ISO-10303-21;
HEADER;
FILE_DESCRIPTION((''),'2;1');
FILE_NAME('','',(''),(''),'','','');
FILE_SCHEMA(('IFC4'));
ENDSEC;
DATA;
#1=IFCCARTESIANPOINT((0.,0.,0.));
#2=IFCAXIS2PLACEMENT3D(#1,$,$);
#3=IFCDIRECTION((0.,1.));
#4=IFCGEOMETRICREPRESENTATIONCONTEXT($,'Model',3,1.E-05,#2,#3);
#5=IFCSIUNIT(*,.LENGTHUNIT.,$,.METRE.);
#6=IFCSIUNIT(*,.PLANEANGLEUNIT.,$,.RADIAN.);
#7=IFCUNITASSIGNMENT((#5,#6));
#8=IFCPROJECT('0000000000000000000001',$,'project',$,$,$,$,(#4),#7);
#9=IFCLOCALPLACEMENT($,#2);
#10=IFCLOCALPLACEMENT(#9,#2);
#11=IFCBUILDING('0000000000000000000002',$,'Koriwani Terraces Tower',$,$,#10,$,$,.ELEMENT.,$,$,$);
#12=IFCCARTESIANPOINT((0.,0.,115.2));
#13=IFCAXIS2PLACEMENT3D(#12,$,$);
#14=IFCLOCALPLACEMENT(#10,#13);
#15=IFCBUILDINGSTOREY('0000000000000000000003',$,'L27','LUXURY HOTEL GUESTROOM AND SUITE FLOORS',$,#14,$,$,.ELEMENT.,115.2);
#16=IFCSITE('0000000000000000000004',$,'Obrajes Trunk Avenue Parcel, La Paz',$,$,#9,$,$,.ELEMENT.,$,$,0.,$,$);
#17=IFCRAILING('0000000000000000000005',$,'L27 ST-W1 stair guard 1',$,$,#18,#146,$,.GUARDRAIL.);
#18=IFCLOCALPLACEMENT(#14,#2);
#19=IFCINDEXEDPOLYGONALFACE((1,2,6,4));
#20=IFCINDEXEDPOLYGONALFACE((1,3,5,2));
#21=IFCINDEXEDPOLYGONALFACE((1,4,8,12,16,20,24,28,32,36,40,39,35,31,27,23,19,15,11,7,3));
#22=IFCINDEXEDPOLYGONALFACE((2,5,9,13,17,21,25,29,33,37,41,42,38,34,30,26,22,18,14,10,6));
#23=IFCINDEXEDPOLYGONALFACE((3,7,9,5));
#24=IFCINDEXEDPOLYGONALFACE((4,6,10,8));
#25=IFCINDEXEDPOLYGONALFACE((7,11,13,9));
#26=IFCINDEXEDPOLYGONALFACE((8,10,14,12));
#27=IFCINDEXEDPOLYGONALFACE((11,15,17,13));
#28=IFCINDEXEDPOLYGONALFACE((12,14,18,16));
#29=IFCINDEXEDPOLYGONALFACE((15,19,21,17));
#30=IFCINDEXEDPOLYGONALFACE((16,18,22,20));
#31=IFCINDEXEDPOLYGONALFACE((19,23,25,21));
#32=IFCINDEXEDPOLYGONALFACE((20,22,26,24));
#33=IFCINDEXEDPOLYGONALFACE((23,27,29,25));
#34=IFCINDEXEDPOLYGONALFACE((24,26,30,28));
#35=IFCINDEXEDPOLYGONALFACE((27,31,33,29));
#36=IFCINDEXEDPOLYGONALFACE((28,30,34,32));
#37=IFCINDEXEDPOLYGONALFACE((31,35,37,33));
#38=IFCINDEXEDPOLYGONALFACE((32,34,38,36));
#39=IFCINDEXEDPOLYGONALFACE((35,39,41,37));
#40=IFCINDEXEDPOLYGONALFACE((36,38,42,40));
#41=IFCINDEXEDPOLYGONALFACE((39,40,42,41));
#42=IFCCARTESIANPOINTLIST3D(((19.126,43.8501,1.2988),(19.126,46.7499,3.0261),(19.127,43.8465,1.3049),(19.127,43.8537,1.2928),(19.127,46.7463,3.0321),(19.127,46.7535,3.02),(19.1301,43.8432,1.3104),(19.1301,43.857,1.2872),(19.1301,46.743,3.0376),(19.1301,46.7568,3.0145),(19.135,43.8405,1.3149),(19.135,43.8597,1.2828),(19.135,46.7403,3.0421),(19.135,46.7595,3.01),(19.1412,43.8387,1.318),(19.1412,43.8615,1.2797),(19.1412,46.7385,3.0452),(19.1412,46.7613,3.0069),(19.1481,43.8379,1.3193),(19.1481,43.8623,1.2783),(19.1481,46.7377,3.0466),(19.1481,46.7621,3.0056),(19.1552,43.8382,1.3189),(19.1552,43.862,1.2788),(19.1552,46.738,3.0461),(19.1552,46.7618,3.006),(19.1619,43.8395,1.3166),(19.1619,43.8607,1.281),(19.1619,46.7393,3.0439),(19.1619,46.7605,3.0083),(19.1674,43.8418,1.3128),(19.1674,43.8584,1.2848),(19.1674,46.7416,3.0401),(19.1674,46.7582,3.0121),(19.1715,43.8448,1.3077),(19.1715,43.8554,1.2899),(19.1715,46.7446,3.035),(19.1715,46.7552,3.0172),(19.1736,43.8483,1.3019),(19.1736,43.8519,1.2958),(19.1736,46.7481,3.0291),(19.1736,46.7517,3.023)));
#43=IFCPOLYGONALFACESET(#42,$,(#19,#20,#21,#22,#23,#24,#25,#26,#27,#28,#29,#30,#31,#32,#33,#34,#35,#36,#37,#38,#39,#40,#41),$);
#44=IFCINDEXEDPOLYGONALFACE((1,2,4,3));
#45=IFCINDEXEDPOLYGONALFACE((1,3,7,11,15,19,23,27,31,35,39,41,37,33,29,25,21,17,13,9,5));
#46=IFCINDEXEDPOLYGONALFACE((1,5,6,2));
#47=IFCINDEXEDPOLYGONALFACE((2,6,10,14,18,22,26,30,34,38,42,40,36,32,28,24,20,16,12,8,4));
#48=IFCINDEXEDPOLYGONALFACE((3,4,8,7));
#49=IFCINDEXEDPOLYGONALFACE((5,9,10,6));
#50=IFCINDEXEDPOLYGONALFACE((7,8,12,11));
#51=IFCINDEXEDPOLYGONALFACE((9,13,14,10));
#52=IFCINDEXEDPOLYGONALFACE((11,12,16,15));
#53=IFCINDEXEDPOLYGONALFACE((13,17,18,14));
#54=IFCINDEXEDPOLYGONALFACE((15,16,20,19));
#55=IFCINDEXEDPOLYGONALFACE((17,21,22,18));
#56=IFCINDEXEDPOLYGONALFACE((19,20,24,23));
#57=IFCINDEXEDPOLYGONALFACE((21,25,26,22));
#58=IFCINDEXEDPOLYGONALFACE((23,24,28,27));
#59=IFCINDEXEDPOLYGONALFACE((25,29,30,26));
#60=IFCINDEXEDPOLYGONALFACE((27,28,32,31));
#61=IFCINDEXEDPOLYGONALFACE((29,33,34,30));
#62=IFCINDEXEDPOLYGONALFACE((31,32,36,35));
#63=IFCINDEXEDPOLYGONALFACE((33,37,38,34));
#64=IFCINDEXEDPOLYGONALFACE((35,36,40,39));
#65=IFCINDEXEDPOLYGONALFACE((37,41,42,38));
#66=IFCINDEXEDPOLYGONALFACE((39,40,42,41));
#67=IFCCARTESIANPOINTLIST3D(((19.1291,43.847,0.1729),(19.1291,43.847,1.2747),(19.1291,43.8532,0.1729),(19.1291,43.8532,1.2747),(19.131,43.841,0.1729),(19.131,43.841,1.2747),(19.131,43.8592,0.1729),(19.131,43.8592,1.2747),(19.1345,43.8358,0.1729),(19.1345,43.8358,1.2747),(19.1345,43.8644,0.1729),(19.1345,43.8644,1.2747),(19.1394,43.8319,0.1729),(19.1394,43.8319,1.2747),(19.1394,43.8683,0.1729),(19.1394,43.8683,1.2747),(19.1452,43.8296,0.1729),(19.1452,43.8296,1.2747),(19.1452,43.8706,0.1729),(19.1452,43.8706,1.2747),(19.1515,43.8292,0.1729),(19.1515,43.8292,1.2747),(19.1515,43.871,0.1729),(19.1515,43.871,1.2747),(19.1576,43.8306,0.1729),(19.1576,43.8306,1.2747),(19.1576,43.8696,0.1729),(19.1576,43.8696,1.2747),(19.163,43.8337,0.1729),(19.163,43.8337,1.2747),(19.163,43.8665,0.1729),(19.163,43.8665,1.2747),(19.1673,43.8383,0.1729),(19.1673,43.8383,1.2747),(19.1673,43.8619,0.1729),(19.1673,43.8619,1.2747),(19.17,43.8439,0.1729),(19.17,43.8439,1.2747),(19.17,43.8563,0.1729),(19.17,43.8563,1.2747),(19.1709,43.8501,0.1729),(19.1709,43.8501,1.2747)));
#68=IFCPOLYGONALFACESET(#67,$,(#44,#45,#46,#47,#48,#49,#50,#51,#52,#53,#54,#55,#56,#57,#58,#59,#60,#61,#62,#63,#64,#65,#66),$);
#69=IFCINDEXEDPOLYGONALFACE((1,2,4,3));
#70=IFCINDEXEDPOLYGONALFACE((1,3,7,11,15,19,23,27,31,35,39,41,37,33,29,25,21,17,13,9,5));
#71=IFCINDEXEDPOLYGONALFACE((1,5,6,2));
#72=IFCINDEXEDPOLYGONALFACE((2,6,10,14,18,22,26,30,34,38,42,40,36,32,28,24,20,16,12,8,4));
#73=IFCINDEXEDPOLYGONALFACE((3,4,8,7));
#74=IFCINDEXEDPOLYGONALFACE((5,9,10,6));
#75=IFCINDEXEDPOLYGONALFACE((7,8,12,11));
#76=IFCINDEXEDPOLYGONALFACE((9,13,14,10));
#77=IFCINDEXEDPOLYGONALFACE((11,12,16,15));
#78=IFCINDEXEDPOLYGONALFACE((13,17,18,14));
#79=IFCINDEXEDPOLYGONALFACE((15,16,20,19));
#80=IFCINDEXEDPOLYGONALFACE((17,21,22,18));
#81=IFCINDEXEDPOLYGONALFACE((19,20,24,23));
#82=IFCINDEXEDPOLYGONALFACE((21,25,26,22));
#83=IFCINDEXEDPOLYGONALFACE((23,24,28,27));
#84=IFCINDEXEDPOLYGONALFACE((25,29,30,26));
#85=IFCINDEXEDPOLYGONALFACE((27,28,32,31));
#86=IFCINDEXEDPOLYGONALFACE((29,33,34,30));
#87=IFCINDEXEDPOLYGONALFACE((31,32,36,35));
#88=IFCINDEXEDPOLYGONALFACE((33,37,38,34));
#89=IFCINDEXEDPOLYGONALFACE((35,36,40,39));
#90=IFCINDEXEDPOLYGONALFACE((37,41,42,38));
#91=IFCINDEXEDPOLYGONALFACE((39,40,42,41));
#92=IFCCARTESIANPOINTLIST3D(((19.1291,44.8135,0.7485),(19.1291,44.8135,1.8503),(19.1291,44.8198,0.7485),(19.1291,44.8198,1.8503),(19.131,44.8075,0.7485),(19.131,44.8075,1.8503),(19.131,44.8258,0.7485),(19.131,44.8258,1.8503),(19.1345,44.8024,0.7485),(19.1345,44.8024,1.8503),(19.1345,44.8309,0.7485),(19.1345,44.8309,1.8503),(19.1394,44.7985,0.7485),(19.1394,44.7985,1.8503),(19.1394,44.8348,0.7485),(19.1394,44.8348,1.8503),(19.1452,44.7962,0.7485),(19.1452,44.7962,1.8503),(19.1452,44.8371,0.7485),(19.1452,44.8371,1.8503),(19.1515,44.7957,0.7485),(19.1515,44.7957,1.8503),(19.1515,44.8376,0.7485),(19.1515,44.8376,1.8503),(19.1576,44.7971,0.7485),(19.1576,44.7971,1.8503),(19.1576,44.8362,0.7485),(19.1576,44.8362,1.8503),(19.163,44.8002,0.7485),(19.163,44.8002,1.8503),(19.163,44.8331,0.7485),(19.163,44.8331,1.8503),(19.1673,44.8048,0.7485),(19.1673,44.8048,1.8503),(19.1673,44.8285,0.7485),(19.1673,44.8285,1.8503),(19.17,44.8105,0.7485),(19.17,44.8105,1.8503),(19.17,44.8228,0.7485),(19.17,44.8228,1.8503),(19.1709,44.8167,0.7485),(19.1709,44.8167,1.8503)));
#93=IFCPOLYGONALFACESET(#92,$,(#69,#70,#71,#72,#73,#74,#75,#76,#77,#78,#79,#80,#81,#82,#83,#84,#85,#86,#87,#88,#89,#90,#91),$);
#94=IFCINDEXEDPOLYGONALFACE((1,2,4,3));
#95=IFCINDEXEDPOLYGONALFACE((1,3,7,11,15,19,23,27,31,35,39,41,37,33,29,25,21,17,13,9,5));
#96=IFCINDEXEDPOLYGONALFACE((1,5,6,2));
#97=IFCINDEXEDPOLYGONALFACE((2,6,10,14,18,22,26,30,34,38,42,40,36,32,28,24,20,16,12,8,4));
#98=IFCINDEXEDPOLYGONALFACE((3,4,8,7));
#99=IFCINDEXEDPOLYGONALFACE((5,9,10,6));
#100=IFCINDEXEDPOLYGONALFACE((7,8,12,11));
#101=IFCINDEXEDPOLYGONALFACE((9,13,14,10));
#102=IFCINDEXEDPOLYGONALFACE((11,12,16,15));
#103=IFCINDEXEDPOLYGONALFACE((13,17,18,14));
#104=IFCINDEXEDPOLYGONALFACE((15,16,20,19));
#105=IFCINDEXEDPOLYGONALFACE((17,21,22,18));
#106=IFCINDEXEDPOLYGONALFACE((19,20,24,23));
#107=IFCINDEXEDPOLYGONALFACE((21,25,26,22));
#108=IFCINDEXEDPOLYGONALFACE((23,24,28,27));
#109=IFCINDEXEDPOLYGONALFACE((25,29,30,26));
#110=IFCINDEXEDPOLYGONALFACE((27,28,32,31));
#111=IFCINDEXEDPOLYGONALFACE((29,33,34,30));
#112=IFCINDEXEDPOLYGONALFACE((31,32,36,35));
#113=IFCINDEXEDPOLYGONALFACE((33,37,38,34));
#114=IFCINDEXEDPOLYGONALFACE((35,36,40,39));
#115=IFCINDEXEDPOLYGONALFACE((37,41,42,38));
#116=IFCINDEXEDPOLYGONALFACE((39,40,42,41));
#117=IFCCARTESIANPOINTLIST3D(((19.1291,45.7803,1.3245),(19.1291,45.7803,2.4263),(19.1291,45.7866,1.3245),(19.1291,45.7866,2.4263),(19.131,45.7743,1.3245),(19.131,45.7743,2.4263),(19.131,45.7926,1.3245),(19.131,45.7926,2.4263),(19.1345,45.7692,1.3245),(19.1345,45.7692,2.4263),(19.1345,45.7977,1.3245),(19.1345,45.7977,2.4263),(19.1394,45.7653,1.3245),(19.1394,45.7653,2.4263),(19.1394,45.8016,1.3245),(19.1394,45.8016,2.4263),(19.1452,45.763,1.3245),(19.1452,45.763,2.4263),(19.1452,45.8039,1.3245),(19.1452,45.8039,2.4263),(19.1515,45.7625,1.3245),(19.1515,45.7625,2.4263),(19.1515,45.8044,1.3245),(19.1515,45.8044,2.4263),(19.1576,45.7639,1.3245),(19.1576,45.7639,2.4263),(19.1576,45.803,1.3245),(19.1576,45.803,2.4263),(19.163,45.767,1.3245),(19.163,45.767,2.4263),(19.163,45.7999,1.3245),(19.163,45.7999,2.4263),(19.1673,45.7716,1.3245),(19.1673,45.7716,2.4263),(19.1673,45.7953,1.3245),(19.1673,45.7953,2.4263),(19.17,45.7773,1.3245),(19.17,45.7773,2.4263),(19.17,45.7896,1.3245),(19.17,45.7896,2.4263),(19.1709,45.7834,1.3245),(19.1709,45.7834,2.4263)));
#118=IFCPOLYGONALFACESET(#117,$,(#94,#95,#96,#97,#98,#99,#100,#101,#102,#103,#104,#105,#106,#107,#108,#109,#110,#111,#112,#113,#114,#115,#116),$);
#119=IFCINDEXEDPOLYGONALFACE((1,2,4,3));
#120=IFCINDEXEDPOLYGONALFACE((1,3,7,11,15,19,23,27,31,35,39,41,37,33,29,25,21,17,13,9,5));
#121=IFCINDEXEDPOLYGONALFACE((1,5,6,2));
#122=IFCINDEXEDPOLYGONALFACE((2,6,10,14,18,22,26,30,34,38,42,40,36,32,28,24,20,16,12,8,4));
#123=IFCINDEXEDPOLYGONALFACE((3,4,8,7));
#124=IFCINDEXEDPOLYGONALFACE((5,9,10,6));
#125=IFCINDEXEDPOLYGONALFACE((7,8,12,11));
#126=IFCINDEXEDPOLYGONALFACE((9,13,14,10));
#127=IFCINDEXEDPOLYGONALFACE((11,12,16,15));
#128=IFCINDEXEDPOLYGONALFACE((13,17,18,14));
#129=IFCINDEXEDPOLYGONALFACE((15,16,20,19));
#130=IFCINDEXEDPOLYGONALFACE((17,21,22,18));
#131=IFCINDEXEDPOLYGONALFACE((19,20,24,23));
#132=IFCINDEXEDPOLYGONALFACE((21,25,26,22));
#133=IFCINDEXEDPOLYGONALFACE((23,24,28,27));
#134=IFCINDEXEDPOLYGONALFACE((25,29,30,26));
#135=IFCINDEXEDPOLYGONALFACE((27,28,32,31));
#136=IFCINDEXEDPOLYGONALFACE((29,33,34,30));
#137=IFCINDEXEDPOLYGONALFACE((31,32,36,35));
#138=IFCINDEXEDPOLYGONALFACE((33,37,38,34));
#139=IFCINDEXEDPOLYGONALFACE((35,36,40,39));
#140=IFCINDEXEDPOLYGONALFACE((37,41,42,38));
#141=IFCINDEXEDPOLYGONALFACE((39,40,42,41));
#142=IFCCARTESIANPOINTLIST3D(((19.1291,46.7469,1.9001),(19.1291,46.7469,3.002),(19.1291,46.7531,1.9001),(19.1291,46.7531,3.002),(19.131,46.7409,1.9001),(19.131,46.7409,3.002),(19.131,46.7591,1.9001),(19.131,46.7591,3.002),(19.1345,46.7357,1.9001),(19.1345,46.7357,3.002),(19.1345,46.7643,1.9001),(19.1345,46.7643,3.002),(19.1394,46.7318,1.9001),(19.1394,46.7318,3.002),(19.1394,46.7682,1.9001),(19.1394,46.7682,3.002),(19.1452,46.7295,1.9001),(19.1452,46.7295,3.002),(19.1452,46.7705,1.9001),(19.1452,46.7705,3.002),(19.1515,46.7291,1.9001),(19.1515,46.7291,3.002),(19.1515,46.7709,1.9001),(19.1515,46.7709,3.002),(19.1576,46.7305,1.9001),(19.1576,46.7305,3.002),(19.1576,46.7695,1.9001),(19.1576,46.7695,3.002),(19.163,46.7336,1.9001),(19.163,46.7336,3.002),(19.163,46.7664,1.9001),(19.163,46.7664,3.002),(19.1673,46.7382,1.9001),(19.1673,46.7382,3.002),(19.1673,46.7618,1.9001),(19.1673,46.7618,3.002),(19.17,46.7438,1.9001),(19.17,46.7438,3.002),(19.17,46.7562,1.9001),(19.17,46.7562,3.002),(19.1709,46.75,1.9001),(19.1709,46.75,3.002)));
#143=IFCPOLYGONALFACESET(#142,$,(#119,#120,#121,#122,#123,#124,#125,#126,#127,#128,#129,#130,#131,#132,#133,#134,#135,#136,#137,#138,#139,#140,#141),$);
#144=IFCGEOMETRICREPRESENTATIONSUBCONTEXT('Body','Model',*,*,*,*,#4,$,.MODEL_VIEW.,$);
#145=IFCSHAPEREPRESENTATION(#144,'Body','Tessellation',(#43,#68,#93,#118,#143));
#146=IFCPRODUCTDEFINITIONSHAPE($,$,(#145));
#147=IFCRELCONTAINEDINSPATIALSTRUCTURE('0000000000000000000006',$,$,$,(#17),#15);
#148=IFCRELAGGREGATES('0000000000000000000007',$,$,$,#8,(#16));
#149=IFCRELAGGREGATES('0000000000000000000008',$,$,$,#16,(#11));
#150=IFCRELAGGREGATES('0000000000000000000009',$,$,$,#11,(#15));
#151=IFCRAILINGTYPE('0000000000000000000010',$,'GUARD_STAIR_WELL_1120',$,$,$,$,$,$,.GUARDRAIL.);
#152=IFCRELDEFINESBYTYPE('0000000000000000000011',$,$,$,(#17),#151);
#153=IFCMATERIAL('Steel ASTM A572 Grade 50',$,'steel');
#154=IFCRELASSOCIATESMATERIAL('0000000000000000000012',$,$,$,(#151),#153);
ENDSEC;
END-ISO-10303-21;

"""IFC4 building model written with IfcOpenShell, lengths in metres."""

from ifc_helpers import new_model, si_unit, direction, frame, origin, origin_2d, place, context, subcontext, project, spatial, circle, extrude, material, type_object, element, save


model = new_model("IFC4")

# Units and contexts
model_context = context("Model", 3, precision=1e-05, world=origin(), true_north=direction((0.0, 1.0)))
body_context = subcontext(model_context, "Body", "Model", "MODEL_VIEW")
ifc_project = project(units=[si_unit("LENGTHUNIT", "METRE"), si_unit("PLANEANGLEUNIT", "RADIAN")], contexts=[model_context])

# Site, building, storey
site_placement = place(None, origin())
site = spatial("IfcSite", under=ifc_project, at=site_placement, Name="Obrajes Trunk Avenue Parcel, La Paz", CompositionType="ELEMENT", RefElevation=0.0)
building_placement = place(site_placement, origin())
building = spatial("IfcBuilding", under=site, at=building_placement, Name="Koriwani Terraces Tower", CompositionType="ELEMENT")
storey_placement = place(building_placement, frame((0.0, 0.0, 115.2)))
storey = spatial("IfcBuildingStorey", under=building, at=storey_placement, Name="L27", Description="LUXURY HOTEL GUESTROOM AND SUITE FLOORS", CompositionType="ELEMENT", Elevation=115.2)

# Shared definitions
ifc_material_1 = material(Name="Steel ASTM A572 Grade 50", Category="steel")

# Railing
railing_type_1 = type_object("IfcRailingType", Name="GUARD_STAIR_WELL_1120", PredefinedType="GUARDRAIL", material=ifc_material_1)
railing_1_placement = place(storey_placement, frame((19.1499, 43.8501, 0.1729)))
element("IfcRailing", 1, at=railing_1_placement, inside=storey, type_object=railing_type_1, Name="L27 ST-W1 stair guard 1", PredefinedType="GUARDRAIL", context=body_context, shape_type="SweptSolid", body=[
    extrude(circle(Radius=0.0239, at=origin_2d()), frame((0.0, 0.0, 1.126), z_axis=(0.0, 0.859141, 0.511738), x_axis=(-1.0, 0.0, 0.0)), (0.0, 0.0, 1.0), 3.3752),
    extrude(circle(Radius=0.021, at=origin_2d()), origin(), (0.0, 0.0, 1.0), 1.1018),
    extrude(circle(Radius=0.021, at=origin_2d()), frame((0.0, 0.9666, 0.5757)), (0.0, 0.0, 1.0), 1.1018),
    extrude(circle(Radius=0.021, at=origin_2d()), frame((0.0, 1.9333, 1.1516)), (0.0, 0.0, 1.0), 1.1018),
    extrude(circle(Radius=0.021, at=origin_2d()), frame((0.0, 2.8999, 1.7273)), (0.0, 0.0, 1.0), 1.1018),
])

save(model, "model.ifc")
